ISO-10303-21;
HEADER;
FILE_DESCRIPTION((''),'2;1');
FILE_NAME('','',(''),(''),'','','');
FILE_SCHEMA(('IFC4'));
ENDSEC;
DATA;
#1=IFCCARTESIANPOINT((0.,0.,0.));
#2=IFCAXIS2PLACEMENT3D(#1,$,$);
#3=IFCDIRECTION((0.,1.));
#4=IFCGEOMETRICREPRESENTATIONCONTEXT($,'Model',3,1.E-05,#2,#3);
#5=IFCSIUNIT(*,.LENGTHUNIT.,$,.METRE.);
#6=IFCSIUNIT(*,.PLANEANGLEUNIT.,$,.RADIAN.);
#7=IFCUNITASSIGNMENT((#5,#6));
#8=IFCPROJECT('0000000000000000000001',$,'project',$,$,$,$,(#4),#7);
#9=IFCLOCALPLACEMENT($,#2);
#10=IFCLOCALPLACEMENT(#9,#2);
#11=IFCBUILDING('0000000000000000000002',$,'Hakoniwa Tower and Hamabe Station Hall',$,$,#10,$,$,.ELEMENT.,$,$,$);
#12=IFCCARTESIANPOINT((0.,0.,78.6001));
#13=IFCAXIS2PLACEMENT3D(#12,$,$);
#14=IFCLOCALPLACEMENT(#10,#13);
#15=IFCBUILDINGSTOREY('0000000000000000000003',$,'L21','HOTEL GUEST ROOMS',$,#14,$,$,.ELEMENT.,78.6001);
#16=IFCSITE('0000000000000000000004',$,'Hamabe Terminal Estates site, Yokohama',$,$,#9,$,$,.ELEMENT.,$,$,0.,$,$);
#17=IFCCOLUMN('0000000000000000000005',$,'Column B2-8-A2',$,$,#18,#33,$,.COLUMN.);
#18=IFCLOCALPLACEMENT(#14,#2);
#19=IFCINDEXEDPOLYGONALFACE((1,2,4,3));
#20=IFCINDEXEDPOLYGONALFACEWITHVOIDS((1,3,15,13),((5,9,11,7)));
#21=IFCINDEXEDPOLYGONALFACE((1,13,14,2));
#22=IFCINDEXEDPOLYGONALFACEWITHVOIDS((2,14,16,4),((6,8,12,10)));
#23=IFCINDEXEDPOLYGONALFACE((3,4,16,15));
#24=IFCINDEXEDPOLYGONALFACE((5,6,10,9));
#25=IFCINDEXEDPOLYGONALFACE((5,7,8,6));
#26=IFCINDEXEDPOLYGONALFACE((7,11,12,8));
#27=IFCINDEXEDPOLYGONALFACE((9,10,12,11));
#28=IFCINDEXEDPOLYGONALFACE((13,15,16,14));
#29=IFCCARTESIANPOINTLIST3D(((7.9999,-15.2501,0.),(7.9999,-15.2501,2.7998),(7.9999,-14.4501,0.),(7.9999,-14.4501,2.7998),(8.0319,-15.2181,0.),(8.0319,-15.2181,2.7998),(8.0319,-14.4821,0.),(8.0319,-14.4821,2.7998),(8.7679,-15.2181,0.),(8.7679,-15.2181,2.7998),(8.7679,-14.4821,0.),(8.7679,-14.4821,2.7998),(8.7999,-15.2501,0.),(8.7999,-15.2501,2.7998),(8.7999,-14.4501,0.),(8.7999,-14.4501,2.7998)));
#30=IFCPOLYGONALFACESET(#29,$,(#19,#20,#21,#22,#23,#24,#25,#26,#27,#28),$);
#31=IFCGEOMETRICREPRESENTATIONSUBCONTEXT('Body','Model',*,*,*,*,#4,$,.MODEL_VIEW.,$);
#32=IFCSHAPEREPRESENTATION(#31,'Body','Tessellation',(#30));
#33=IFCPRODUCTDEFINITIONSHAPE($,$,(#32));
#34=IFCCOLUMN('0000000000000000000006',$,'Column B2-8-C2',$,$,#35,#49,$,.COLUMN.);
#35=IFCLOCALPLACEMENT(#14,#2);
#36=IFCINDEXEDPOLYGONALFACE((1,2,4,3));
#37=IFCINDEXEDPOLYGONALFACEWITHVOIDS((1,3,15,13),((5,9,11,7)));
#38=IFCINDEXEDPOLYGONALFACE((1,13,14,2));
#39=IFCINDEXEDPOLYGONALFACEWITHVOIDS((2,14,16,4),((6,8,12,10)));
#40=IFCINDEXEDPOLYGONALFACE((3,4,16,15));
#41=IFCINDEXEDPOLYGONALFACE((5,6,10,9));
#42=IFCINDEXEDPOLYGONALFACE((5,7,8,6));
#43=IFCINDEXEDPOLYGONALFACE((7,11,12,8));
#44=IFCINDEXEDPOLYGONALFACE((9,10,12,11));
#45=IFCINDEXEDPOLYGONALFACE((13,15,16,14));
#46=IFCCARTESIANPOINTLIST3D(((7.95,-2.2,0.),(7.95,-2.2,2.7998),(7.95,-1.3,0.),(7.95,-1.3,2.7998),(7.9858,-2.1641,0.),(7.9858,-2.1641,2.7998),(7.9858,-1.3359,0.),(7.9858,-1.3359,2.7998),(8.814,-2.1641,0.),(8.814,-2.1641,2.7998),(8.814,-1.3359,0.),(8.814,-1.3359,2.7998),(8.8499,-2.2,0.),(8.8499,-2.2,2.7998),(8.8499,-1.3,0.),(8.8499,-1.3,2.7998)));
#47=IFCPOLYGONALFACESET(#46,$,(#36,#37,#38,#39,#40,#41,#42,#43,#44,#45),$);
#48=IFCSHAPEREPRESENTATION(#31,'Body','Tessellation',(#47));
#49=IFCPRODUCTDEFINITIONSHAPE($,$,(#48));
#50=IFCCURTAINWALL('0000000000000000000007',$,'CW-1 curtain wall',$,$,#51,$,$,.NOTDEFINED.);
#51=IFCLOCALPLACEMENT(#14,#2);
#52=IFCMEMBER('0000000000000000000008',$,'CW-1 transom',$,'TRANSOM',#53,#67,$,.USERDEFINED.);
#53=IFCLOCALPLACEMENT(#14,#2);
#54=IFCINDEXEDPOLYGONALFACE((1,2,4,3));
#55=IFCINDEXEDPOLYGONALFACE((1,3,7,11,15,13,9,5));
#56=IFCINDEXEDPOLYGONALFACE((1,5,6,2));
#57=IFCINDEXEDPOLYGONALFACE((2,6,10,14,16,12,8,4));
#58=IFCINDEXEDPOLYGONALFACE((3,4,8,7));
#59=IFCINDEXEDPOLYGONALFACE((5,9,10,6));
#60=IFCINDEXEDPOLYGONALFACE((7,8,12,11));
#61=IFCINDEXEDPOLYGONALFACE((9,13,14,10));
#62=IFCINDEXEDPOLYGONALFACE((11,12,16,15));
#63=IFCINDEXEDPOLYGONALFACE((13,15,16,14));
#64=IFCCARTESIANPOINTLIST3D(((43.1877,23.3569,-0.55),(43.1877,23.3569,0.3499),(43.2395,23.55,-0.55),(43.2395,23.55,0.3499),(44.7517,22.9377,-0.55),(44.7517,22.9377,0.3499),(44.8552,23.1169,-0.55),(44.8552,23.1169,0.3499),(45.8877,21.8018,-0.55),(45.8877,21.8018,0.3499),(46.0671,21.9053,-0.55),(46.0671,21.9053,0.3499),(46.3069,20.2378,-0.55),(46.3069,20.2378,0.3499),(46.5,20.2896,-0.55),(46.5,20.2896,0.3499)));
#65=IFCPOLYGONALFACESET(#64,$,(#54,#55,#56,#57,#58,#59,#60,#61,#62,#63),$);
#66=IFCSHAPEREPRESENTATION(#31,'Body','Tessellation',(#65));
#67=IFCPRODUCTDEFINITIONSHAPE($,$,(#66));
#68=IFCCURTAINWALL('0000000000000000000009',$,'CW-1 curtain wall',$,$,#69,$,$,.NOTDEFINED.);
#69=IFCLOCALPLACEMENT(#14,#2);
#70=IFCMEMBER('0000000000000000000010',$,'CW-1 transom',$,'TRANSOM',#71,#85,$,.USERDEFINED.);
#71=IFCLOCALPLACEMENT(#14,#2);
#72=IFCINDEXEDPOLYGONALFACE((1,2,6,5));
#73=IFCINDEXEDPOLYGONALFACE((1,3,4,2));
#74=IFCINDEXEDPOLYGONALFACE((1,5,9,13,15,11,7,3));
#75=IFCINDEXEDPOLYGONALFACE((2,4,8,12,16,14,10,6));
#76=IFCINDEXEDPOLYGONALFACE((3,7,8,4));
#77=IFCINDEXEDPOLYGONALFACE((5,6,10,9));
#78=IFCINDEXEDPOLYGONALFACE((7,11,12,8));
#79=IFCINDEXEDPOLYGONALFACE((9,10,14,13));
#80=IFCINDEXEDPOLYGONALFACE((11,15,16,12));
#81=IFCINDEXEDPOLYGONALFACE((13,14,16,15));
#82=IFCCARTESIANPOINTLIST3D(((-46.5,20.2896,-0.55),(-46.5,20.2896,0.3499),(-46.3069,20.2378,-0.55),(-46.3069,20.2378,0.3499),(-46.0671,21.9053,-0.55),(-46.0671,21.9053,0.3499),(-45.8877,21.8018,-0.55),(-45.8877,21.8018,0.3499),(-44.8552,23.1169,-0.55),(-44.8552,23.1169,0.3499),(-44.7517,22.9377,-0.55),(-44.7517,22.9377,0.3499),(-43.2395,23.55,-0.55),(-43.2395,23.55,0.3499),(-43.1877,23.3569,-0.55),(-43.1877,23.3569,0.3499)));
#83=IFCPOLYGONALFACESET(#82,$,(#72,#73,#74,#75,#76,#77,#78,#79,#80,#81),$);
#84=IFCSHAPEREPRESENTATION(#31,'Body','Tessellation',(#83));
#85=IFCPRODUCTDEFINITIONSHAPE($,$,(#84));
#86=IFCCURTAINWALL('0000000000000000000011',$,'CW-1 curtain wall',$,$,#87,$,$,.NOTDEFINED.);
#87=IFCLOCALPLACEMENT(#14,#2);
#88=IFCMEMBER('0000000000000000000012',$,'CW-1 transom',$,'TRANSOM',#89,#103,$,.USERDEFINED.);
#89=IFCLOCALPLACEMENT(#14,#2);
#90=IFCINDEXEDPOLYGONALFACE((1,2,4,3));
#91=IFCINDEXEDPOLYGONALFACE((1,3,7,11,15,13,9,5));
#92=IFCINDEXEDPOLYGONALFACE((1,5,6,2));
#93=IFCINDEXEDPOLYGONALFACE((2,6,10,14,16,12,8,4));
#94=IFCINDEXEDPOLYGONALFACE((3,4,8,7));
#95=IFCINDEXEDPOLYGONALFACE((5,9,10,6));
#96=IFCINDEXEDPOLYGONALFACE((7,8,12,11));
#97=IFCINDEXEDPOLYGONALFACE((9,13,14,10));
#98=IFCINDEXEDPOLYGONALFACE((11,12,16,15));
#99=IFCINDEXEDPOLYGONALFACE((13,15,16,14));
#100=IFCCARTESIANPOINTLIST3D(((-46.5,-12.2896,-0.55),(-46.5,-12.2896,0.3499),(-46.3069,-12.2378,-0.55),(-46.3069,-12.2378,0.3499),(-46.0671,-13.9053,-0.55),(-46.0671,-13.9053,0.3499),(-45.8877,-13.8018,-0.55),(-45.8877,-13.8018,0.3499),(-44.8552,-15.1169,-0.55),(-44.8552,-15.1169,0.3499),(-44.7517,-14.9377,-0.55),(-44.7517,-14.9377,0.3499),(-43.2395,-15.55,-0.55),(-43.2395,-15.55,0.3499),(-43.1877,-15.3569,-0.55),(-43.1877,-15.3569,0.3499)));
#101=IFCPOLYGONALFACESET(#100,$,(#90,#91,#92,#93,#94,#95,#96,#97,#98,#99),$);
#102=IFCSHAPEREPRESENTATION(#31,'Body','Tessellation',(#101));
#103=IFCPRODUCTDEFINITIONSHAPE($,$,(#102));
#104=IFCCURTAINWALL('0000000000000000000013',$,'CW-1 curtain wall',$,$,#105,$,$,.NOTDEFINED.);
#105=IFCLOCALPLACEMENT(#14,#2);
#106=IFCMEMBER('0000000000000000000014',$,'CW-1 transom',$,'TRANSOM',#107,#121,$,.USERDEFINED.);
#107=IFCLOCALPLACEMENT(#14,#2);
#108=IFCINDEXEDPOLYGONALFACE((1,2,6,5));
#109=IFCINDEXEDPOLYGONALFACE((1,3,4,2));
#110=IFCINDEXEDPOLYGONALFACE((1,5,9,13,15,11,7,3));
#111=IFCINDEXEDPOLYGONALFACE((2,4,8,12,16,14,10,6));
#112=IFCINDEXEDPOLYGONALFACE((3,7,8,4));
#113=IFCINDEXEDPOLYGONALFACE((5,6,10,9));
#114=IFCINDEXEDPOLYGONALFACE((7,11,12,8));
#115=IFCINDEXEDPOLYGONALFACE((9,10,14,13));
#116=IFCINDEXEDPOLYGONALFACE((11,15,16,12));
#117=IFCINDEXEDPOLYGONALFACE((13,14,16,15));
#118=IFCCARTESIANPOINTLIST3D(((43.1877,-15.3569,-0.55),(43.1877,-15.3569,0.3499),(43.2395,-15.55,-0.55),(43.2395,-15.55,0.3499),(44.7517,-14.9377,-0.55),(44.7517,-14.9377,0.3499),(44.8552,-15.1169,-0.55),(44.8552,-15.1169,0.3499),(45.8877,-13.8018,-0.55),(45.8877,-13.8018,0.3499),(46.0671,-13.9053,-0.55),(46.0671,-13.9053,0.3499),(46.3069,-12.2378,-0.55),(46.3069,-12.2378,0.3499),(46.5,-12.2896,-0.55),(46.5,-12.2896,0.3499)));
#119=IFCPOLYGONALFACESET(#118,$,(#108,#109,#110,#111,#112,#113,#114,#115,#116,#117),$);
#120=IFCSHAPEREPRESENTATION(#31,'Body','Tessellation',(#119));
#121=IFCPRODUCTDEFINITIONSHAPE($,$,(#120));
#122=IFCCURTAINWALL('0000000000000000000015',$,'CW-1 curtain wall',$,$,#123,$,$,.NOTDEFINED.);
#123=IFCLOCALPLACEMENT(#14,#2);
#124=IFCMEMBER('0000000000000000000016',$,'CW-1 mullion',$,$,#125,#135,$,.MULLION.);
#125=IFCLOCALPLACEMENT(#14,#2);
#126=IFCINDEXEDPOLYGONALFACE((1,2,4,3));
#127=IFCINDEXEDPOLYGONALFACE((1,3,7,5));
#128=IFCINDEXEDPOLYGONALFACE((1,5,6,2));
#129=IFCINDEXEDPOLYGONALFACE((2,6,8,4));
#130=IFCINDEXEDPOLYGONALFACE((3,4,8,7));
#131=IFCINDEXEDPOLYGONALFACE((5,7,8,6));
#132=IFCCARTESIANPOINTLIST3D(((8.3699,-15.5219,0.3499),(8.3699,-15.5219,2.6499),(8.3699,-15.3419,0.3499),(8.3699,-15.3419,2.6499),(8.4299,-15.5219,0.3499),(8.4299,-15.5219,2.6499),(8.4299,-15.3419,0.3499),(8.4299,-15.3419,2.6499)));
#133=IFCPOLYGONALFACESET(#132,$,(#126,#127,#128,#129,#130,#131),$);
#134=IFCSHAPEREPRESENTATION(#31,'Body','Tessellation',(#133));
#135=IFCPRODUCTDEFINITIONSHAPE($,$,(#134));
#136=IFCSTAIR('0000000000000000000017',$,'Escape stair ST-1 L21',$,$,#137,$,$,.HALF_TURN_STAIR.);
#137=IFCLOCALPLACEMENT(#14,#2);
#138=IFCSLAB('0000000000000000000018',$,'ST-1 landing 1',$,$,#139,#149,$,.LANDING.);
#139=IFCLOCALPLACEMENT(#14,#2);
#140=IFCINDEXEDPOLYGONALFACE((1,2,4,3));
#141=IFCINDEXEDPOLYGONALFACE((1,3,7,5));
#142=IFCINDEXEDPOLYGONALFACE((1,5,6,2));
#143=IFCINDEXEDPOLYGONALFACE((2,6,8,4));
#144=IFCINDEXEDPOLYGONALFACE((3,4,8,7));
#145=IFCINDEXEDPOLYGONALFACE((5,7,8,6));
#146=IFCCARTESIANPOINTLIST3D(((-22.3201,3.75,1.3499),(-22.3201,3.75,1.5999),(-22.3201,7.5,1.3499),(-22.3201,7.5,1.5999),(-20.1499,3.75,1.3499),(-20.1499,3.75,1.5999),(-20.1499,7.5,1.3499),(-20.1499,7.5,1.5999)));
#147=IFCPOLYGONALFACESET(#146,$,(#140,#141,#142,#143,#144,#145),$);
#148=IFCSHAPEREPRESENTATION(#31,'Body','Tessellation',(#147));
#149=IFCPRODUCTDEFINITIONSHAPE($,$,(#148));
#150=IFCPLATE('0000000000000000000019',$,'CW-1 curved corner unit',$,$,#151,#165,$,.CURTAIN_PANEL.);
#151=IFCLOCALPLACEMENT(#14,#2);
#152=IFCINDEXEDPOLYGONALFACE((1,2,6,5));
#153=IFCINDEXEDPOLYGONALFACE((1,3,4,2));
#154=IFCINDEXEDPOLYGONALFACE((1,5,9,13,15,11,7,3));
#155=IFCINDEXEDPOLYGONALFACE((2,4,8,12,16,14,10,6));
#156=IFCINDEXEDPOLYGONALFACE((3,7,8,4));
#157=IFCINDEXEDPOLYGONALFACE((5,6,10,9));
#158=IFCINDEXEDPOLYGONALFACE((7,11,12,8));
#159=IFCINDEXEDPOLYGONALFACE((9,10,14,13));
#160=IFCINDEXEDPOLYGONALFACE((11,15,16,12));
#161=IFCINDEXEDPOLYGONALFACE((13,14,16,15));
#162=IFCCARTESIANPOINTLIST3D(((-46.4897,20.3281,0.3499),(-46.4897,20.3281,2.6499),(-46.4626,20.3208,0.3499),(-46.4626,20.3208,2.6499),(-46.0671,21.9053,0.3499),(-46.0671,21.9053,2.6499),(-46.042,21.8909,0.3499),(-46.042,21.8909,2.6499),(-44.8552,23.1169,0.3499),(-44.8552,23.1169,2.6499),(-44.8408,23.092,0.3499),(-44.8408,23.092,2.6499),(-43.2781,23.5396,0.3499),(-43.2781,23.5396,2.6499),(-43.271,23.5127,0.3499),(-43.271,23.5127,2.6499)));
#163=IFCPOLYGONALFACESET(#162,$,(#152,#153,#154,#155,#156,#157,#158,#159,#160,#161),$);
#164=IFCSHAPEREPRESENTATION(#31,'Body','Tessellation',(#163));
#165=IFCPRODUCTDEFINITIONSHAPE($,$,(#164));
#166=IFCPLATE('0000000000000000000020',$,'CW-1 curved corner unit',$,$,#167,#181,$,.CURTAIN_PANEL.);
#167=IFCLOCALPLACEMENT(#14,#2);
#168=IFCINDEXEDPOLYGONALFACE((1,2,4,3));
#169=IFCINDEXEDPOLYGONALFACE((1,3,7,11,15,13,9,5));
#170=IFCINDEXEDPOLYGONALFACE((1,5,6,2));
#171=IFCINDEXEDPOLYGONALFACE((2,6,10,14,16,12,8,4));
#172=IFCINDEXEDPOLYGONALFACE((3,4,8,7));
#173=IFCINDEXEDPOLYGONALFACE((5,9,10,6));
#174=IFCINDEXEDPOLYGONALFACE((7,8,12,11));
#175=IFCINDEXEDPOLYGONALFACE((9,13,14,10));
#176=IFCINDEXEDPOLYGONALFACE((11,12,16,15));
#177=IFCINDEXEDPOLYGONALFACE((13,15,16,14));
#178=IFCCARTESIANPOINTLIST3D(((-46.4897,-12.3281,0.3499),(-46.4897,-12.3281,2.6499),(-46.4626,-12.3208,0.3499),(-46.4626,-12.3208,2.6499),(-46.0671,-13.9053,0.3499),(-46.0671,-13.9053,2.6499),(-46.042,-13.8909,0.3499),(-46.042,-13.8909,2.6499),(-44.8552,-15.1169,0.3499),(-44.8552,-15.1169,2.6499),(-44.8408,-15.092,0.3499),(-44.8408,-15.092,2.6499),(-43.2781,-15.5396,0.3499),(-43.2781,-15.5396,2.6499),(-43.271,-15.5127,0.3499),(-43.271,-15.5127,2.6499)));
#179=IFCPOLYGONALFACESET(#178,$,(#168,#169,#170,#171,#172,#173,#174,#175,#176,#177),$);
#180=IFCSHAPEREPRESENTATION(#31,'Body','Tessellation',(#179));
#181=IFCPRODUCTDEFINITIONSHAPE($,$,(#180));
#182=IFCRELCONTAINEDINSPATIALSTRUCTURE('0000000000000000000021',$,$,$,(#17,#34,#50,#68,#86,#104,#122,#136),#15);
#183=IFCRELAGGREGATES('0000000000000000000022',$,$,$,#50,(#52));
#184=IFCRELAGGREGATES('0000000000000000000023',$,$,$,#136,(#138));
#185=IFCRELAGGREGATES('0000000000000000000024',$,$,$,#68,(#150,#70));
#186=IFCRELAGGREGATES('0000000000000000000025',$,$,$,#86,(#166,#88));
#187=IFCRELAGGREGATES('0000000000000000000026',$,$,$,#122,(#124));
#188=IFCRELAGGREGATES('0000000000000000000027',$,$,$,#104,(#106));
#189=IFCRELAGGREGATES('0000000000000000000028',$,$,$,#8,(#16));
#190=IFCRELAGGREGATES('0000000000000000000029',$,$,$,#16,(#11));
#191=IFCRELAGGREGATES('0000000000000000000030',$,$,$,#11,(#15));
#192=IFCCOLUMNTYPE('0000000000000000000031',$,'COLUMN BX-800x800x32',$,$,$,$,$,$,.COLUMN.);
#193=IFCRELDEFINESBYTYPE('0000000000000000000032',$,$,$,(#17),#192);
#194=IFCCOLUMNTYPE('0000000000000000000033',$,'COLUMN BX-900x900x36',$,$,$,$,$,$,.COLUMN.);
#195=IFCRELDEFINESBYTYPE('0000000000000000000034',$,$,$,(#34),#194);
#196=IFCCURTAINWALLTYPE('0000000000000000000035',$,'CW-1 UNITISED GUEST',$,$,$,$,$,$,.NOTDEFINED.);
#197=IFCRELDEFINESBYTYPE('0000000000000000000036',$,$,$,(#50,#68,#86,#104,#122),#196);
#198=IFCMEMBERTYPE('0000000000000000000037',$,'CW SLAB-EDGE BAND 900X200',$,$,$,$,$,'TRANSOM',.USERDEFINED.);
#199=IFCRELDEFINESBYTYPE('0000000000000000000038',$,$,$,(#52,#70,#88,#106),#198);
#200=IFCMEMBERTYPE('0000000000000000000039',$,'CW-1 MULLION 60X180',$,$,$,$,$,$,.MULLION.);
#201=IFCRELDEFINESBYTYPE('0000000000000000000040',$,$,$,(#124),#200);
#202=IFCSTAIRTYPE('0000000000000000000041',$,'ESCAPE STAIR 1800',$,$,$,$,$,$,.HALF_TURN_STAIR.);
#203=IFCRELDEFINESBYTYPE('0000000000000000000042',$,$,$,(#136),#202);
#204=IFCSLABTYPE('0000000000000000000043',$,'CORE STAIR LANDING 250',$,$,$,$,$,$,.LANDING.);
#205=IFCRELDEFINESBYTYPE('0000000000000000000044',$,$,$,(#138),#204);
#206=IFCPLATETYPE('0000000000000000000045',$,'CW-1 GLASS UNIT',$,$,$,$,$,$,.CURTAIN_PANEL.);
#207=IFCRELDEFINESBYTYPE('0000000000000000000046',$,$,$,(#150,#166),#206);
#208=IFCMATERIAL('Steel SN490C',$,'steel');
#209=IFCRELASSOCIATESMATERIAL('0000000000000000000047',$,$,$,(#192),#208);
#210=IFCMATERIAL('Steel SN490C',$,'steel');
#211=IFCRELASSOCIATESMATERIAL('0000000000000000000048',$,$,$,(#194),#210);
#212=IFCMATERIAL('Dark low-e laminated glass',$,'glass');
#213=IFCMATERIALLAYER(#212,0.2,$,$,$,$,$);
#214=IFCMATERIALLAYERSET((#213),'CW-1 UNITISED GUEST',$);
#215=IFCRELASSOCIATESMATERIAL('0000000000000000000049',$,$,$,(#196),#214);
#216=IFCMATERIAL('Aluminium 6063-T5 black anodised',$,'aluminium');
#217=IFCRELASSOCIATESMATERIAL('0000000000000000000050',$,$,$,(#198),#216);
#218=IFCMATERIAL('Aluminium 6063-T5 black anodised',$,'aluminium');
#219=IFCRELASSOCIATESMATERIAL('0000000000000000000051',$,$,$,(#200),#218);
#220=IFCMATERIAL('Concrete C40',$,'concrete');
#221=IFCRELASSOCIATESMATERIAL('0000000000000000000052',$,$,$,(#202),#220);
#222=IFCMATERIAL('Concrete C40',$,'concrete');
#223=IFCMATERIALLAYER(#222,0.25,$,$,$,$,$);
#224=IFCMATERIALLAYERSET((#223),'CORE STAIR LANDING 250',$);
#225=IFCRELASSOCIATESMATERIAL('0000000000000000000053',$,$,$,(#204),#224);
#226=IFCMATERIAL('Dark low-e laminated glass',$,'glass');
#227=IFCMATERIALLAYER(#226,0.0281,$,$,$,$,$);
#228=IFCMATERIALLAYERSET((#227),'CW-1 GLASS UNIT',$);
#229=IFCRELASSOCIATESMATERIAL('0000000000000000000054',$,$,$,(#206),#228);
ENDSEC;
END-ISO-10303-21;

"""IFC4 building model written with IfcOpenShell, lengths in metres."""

from ifc_helpers import new_model, si_unit, direction, frame, origin, origin_2d, place, context, subcontext, project, spatial, polyline, rectangle, hollow_rectangle, outline, extrude, material, layer, layer_set, material_profile, profile_set, type_object, element, aggregate, save


model = new_model("IFC4")

# Units and contexts
model_context = context("Model", 3, precision=1e-05, world=origin(), true_north=direction((0.0, 1.0)))
body_context = subcontext(model_context, "Body", "Model", "MODEL_VIEW")
ifc_project = project(units=[si_unit("LENGTHUNIT", "METRE"), si_unit("PLANEANGLEUNIT", "RADIAN")], contexts=[model_context])

# Site, building, storey
site_placement = place(None, origin())
site = spatial("IfcSite", under=ifc_project, at=site_placement, Name="Hamabe Terminal Estates site, Yokohama", CompositionType="ELEMENT", RefElevation=0.0)
building_placement = place(site_placement, origin())
building = spatial("IfcBuilding", under=site, at=building_placement, Name="Hakoniwa Tower and Hamabe Station Hall", CompositionType="ELEMENT")
storey_placement = place(building_placement, frame((0.0, 0.0, 78.6001)))
storey = spatial("IfcBuildingStorey", under=building, at=storey_placement, Name="L21", Description="HOTEL GUEST ROOMS", CompositionType="ELEMENT", Elevation=78.6001)

# Columns
ifc_material_1 = material(Name="Steel SN490C", Category="steel")
ifc_material_profile_1 = material_profile(ifc_material_1, hollow_rectangle(XDim=0.8, YDim=0.8, WallThickness=0.032, at=origin_2d()), Name="BX-800x800x32")
ifc_profile_set_1 = profile_set([ifc_material_profile_1], Name="Steel SN490C")
column_type_1 = type_object("IfcColumnType", Name="COLUMN BX-800x800x32", PredefinedType="COLUMN", material=ifc_profile_set_1)
column_1_placement = place(storey_placement, frame((8.3999, -14.8501, 0.0), z_axis=(0.0, 0.0, 1.0), x_axis=(1.0, 0.0, 0.0)))
element("IfcColumn", 1, at=column_1_placement, inside=storey, type_object=column_type_1, Name="Column B2-8-A2", PredefinedType="COLUMN", context=body_context, shape_type="SweptSolid", body=[
    extrude(hollow_rectangle(XDim=0.8, YDim=0.8, WallThickness=0.032, at=origin_2d()), origin(), (0.0, 0.0, 1.0), 2.7998),
])
ifc_material_2 = material(Name="Steel SN490C", Category="steel")
ifc_material_profile_2 = material_profile(ifc_material_2, hollow_rectangle(XDim=0.8999, YDim=0.8999, WallThickness=0.0359, at=origin_2d()), Name="BX-900x900x36")
ifc_profile_set_2 = profile_set([ifc_material_profile_2], Name="Steel SN490C")
column_type_2 = type_object("IfcColumnType", Name="COLUMN BX-900x900x36", PredefinedType="COLUMN", material=ifc_profile_set_2)
column_2_placement = place(storey_placement, frame((8.3999, -1.75, 0.0), z_axis=(0.0, 0.0, 1.0), x_axis=(1.0, 0.0, 0.0)))
element("IfcColumn", 2, at=column_2_placement, inside=storey, type_object=column_type_2, Name="Column B2-8-C2", PredefinedType="COLUMN", context=body_context, shape_type="SweptSolid", body=[
    extrude(hollow_rectangle(XDim=0.8999, YDim=0.8999, WallThickness=0.0359, at=origin_2d()), origin(), (0.0, 0.0, 1.0), 2.7998),
])

# Curtain walls, members
ifc_material_3 = material(Name="Dark low-e laminated glass", Category="glass")
ifc_layer_1 = layer(ifc_material_3, 0.2)
ifc_layer_set_1 = layer_set([ifc_layer_1], Name="CW-1 UNITISED GUEST")
curtain_wall_type = type_object("IfcCurtainWallType", Name="CW-1 UNITISED GUEST", PredefinedType="NOTDEFINED", material=ifc_layer_set_1)
curtain_wall_1_placement = place(storey_placement, origin())
curtain_wall_1 = element("IfcCurtainWall", 3, at=curtain_wall_1_placement, inside=storey, type_object=curtain_wall_type, Name="CW-1 curtain wall", PredefinedType="NOTDEFINED")
ifc_material_4 = material(Name="Aluminium 6063-T5 black anodised", Category="aluminium")
ifc_material_profile_3 = material_profile(ifc_material_4, rectangle(XDim=0.2, YDim=0.8999, at=origin_2d()), Name="CW SLAB-EDGE BAND 900X200")
ifc_profile_set_3 = profile_set([ifc_material_profile_3], Name="Aluminium 6063-T5 black anodised")
member_type_1 = type_object("IfcMemberType", Name="CW SLAB-EDGE BAND 900X200", ElementType="TRANSOM", PredefinedType="USERDEFINED", material=ifc_profile_set_3)
member_1_placement = place(storey_placement, frame((0.0, 0.0, -0.55)))
member_1 = element("IfcMember", 4, at=member_1_placement, type_object=member_type_1, Name="CW-1 transom", ObjectType="TRANSOM", PredefinedType="USERDEFINED", context=body_context, shape_type="SweptSolid", body=[
    extrude(outline(polyline([(46.5, 20.2896), (46.0671, 21.9053), (44.8552, 23.1169), (43.2395, 23.55), (43.1877, 23.3569), (44.7517, 22.9377), (45.8877, 21.8018), (46.3069, 20.2378), (46.5, 20.2896)])), origin(), (0.0, 0.0, 1.0), 0.8999),
])
aggregate(curtain_wall_1, [member_1])
curtain_wall_2_placement = place(storey_placement, origin())
curtain_wall_2 = element("IfcCurtainWall", 5, at=curtain_wall_2_placement, inside=storey, type_object=curtain_wall_type, Name="CW-1 curtain wall", PredefinedType="NOTDEFINED")
member_2_placement = place(storey_placement, frame((0.0, 0.0, -0.55)))
member_2 = element("IfcMember", 6, at=member_2_placement, type_object=member_type_1, Name="CW-1 transom", ObjectType="TRANSOM", PredefinedType="USERDEFINED", context=body_context, shape_type="SweptSolid", body=[
    extrude(outline(polyline([(-43.2395, 23.55), (-44.8552, 23.1169), (-46.0671, 21.9053), (-46.5, 20.2896), (-46.3069, 20.2378), (-45.8877, 21.8018), (-44.7517, 22.9377), (-43.1877, 23.3569), (-43.2395, 23.55)])), origin(), (0.0, 0.0, 1.0), 0.8999),
])
curtain_wall_3_placement = place(storey_placement, origin())
curtain_wall_3 = element("IfcCurtainWall", 7, at=curtain_wall_3_placement, inside=storey, type_object=curtain_wall_type, Name="CW-1 curtain wall", PredefinedType="NOTDEFINED")
member_3_placement = place(storey_placement, frame((0.0, 0.0, -0.55)))
member_3 = element("IfcMember", 8, at=member_3_placement, type_object=member_type_1, Name="CW-1 transom", ObjectType="TRANSOM", PredefinedType="USERDEFINED", context=body_context, shape_type="SweptSolid", body=[
    extrude(outline(polyline([(-46.5, -12.2896), (-46.0671, -13.9053), (-44.8552, -15.1169), (-43.2395, -15.55), (-43.1877, -15.3569), (-44.7517, -14.9377), (-45.8877, -13.8018), (-46.3069, -12.2378), (-46.5, -12.2896)])), origin(), (0.0, 0.0, 1.0), 0.8999),
])
curtain_wall_4_placement = place(storey_placement, origin())
curtain_wall_4 = element("IfcCurtainWall", 9, at=curtain_wall_4_placement, inside=storey, type_object=curtain_wall_type, Name="CW-1 curtain wall", PredefinedType="NOTDEFINED")
member_4_placement = place(storey_placement, frame((0.0, 0.0, -0.55)))
member_4 = element("IfcMember", 10, at=member_4_placement, type_object=member_type_1, Name="CW-1 transom", ObjectType="TRANSOM", PredefinedType="USERDEFINED", context=body_context, shape_type="SweptSolid", body=[
    extrude(outline(polyline([(43.2395, -15.55), (44.8552, -15.1169), (46.0671, -13.9053), (46.5, -12.2896), (46.3069, -12.2378), (45.8877, -13.8018), (44.7517, -14.9377), (43.1877, -15.3569), (43.2395, -15.55)])), origin(), (0.0, 0.0, 1.0), 0.8999),
])
curtain_wall_5_placement = place(storey_placement, origin())
curtain_wall_5 = element("IfcCurtainWall", 11, at=curtain_wall_5_placement, inside=storey, type_object=curtain_wall_type, Name="CW-1 curtain wall", PredefinedType="NOTDEFINED")
ifc_material_5 = material(Name="Aluminium 6063-T5 black anodised", Category="aluminium")
ifc_material_profile_4 = material_profile(ifc_material_5, rectangle(XDim=0.0601, YDim=0.1799, at=origin_2d()), Name="CW-1 MULLION 60X180")
ifc_profile_set_4 = profile_set([ifc_material_profile_4], Name="Aluminium 6063-T5 black anodised")
member_type_2 = type_object("IfcMemberType", Name="CW-1 MULLION 60X180", PredefinedType="MULLION", material=ifc_profile_set_4)
member_5_placement = place(storey_placement, frame((8.3999, -15.4319, 0.3499), z_axis=(0.0, 0.0, 1.0), x_axis=(1.0, 0.0, 0.0)))
member_5 = element("IfcMember", 12, at=member_5_placement, type_object=member_type_2, Name="CW-1 mullion", PredefinedType="MULLION", context=body_context, shape_type="SweptSolid", body=[
    extrude(rectangle(XDim=0.0601, YDim=0.1799, at=origin_2d()), origin(), (0.0, 0.0, 1.0), 2.3),
])

# Stair, slab
ifc_material_6 = material(Name="Concrete C40", Category="concrete")
stair_type = type_object("IfcStairType", Name="ESCAPE STAIR 1800", PredefinedType="HALF_TURN_STAIR", material=ifc_material_6)
stair_placement = place(storey_placement, origin())
stair = element("IfcStair", 13, at=stair_placement, inside=storey, type_object=stair_type, Name="Escape stair ST-1 L21", PredefinedType="HALF_TURN_STAIR")
ifc_material_7 = material(Name="Concrete C40", Category="concrete")
ifc_layer_2 = layer(ifc_material_7, 0.25)
ifc_layer_set_2 = layer_set([ifc_layer_2], Name="CORE STAIR LANDING 250")
slab_type = type_object("IfcSlabType", Name="CORE STAIR LANDING 250", PredefinedType="LANDING", material=ifc_layer_set_2)
slab_placement = place(storey_placement, frame((0.0, 0.0, 1.3499)))
slab = element("IfcSlab", 14, at=slab_placement, type_object=slab_type, Name="ST-1 landing 1", PredefinedType="LANDING", context=body_context, shape_type="SweptSolid", body=[
    extrude(outline(polyline([(-22.3201, 3.75), (-20.1499, 3.75), (-20.1499, 7.5), (-22.3201, 7.5), (-22.3201, 3.75)])), origin(), (0.0, 0.0, 1.0), 0.25),
])
aggregate(stair, [slab])

# Plates
ifc_material_8 = material(Name="Dark low-e laminated glass", Category="glass")
ifc_layer_3 = layer(ifc_material_8, 0.0281)
ifc_layer_set_3 = layer_set([ifc_layer_3], Name="CW-1 GLASS UNIT")
plate_type = type_object("IfcPlateType", Name="CW-1 GLASS UNIT", PredefinedType="CURTAIN_PANEL", material=ifc_layer_set_3)
plate_1_placement = place(storey_placement, frame((0.0, 0.0, 0.3499)))
plate_1 = element("IfcPlate", 15, at=plate_1_placement, type_object=plate_type, Name="CW-1 curved corner unit", PredefinedType="CURTAIN_PANEL", context=body_context, shape_type="SweptSolid", body=[
    extrude(outline(polyline([(-43.2781, 23.5396), (-44.8552, 23.1169), (-46.0671, 21.9053), (-46.4897, 20.3281), (-46.4626, 20.3208), (-46.042, 21.8909), (-44.8408, 23.092), (-43.271, 23.5127), (-43.2781, 23.5396)])), origin(), (0.0, 0.0, 1.0), 2.3),
])
aggregate(curtain_wall_2, [plate_1, member_2])
plate_2_placement = place(storey_placement, frame((0.0, 0.0, 0.3499)))
plate_2 = element("IfcPlate", 16, at=plate_2_placement, type_object=plate_type, Name="CW-1 curved corner unit", PredefinedType="CURTAIN_PANEL", context=body_context, shape_type="SweptSolid", body=[
    extrude(outline(polyline([(-46.4897, -12.3281), (-46.0671, -13.9053), (-44.8552, -15.1169), (-43.2781, -15.5396), (-43.271, -15.5127), (-44.8408, -15.092), (-46.042, -13.8909), (-46.4626, -12.3208), (-46.4897, -12.3281)])), origin(), (0.0, 0.0, 1.0), 2.3),
])
aggregate(curtain_wall_3, [plate_2, member_3])
aggregate(curtain_wall_5, [member_5])
aggregate(curtain_wall_4, [member_4])

save(model, "model.ifc")
